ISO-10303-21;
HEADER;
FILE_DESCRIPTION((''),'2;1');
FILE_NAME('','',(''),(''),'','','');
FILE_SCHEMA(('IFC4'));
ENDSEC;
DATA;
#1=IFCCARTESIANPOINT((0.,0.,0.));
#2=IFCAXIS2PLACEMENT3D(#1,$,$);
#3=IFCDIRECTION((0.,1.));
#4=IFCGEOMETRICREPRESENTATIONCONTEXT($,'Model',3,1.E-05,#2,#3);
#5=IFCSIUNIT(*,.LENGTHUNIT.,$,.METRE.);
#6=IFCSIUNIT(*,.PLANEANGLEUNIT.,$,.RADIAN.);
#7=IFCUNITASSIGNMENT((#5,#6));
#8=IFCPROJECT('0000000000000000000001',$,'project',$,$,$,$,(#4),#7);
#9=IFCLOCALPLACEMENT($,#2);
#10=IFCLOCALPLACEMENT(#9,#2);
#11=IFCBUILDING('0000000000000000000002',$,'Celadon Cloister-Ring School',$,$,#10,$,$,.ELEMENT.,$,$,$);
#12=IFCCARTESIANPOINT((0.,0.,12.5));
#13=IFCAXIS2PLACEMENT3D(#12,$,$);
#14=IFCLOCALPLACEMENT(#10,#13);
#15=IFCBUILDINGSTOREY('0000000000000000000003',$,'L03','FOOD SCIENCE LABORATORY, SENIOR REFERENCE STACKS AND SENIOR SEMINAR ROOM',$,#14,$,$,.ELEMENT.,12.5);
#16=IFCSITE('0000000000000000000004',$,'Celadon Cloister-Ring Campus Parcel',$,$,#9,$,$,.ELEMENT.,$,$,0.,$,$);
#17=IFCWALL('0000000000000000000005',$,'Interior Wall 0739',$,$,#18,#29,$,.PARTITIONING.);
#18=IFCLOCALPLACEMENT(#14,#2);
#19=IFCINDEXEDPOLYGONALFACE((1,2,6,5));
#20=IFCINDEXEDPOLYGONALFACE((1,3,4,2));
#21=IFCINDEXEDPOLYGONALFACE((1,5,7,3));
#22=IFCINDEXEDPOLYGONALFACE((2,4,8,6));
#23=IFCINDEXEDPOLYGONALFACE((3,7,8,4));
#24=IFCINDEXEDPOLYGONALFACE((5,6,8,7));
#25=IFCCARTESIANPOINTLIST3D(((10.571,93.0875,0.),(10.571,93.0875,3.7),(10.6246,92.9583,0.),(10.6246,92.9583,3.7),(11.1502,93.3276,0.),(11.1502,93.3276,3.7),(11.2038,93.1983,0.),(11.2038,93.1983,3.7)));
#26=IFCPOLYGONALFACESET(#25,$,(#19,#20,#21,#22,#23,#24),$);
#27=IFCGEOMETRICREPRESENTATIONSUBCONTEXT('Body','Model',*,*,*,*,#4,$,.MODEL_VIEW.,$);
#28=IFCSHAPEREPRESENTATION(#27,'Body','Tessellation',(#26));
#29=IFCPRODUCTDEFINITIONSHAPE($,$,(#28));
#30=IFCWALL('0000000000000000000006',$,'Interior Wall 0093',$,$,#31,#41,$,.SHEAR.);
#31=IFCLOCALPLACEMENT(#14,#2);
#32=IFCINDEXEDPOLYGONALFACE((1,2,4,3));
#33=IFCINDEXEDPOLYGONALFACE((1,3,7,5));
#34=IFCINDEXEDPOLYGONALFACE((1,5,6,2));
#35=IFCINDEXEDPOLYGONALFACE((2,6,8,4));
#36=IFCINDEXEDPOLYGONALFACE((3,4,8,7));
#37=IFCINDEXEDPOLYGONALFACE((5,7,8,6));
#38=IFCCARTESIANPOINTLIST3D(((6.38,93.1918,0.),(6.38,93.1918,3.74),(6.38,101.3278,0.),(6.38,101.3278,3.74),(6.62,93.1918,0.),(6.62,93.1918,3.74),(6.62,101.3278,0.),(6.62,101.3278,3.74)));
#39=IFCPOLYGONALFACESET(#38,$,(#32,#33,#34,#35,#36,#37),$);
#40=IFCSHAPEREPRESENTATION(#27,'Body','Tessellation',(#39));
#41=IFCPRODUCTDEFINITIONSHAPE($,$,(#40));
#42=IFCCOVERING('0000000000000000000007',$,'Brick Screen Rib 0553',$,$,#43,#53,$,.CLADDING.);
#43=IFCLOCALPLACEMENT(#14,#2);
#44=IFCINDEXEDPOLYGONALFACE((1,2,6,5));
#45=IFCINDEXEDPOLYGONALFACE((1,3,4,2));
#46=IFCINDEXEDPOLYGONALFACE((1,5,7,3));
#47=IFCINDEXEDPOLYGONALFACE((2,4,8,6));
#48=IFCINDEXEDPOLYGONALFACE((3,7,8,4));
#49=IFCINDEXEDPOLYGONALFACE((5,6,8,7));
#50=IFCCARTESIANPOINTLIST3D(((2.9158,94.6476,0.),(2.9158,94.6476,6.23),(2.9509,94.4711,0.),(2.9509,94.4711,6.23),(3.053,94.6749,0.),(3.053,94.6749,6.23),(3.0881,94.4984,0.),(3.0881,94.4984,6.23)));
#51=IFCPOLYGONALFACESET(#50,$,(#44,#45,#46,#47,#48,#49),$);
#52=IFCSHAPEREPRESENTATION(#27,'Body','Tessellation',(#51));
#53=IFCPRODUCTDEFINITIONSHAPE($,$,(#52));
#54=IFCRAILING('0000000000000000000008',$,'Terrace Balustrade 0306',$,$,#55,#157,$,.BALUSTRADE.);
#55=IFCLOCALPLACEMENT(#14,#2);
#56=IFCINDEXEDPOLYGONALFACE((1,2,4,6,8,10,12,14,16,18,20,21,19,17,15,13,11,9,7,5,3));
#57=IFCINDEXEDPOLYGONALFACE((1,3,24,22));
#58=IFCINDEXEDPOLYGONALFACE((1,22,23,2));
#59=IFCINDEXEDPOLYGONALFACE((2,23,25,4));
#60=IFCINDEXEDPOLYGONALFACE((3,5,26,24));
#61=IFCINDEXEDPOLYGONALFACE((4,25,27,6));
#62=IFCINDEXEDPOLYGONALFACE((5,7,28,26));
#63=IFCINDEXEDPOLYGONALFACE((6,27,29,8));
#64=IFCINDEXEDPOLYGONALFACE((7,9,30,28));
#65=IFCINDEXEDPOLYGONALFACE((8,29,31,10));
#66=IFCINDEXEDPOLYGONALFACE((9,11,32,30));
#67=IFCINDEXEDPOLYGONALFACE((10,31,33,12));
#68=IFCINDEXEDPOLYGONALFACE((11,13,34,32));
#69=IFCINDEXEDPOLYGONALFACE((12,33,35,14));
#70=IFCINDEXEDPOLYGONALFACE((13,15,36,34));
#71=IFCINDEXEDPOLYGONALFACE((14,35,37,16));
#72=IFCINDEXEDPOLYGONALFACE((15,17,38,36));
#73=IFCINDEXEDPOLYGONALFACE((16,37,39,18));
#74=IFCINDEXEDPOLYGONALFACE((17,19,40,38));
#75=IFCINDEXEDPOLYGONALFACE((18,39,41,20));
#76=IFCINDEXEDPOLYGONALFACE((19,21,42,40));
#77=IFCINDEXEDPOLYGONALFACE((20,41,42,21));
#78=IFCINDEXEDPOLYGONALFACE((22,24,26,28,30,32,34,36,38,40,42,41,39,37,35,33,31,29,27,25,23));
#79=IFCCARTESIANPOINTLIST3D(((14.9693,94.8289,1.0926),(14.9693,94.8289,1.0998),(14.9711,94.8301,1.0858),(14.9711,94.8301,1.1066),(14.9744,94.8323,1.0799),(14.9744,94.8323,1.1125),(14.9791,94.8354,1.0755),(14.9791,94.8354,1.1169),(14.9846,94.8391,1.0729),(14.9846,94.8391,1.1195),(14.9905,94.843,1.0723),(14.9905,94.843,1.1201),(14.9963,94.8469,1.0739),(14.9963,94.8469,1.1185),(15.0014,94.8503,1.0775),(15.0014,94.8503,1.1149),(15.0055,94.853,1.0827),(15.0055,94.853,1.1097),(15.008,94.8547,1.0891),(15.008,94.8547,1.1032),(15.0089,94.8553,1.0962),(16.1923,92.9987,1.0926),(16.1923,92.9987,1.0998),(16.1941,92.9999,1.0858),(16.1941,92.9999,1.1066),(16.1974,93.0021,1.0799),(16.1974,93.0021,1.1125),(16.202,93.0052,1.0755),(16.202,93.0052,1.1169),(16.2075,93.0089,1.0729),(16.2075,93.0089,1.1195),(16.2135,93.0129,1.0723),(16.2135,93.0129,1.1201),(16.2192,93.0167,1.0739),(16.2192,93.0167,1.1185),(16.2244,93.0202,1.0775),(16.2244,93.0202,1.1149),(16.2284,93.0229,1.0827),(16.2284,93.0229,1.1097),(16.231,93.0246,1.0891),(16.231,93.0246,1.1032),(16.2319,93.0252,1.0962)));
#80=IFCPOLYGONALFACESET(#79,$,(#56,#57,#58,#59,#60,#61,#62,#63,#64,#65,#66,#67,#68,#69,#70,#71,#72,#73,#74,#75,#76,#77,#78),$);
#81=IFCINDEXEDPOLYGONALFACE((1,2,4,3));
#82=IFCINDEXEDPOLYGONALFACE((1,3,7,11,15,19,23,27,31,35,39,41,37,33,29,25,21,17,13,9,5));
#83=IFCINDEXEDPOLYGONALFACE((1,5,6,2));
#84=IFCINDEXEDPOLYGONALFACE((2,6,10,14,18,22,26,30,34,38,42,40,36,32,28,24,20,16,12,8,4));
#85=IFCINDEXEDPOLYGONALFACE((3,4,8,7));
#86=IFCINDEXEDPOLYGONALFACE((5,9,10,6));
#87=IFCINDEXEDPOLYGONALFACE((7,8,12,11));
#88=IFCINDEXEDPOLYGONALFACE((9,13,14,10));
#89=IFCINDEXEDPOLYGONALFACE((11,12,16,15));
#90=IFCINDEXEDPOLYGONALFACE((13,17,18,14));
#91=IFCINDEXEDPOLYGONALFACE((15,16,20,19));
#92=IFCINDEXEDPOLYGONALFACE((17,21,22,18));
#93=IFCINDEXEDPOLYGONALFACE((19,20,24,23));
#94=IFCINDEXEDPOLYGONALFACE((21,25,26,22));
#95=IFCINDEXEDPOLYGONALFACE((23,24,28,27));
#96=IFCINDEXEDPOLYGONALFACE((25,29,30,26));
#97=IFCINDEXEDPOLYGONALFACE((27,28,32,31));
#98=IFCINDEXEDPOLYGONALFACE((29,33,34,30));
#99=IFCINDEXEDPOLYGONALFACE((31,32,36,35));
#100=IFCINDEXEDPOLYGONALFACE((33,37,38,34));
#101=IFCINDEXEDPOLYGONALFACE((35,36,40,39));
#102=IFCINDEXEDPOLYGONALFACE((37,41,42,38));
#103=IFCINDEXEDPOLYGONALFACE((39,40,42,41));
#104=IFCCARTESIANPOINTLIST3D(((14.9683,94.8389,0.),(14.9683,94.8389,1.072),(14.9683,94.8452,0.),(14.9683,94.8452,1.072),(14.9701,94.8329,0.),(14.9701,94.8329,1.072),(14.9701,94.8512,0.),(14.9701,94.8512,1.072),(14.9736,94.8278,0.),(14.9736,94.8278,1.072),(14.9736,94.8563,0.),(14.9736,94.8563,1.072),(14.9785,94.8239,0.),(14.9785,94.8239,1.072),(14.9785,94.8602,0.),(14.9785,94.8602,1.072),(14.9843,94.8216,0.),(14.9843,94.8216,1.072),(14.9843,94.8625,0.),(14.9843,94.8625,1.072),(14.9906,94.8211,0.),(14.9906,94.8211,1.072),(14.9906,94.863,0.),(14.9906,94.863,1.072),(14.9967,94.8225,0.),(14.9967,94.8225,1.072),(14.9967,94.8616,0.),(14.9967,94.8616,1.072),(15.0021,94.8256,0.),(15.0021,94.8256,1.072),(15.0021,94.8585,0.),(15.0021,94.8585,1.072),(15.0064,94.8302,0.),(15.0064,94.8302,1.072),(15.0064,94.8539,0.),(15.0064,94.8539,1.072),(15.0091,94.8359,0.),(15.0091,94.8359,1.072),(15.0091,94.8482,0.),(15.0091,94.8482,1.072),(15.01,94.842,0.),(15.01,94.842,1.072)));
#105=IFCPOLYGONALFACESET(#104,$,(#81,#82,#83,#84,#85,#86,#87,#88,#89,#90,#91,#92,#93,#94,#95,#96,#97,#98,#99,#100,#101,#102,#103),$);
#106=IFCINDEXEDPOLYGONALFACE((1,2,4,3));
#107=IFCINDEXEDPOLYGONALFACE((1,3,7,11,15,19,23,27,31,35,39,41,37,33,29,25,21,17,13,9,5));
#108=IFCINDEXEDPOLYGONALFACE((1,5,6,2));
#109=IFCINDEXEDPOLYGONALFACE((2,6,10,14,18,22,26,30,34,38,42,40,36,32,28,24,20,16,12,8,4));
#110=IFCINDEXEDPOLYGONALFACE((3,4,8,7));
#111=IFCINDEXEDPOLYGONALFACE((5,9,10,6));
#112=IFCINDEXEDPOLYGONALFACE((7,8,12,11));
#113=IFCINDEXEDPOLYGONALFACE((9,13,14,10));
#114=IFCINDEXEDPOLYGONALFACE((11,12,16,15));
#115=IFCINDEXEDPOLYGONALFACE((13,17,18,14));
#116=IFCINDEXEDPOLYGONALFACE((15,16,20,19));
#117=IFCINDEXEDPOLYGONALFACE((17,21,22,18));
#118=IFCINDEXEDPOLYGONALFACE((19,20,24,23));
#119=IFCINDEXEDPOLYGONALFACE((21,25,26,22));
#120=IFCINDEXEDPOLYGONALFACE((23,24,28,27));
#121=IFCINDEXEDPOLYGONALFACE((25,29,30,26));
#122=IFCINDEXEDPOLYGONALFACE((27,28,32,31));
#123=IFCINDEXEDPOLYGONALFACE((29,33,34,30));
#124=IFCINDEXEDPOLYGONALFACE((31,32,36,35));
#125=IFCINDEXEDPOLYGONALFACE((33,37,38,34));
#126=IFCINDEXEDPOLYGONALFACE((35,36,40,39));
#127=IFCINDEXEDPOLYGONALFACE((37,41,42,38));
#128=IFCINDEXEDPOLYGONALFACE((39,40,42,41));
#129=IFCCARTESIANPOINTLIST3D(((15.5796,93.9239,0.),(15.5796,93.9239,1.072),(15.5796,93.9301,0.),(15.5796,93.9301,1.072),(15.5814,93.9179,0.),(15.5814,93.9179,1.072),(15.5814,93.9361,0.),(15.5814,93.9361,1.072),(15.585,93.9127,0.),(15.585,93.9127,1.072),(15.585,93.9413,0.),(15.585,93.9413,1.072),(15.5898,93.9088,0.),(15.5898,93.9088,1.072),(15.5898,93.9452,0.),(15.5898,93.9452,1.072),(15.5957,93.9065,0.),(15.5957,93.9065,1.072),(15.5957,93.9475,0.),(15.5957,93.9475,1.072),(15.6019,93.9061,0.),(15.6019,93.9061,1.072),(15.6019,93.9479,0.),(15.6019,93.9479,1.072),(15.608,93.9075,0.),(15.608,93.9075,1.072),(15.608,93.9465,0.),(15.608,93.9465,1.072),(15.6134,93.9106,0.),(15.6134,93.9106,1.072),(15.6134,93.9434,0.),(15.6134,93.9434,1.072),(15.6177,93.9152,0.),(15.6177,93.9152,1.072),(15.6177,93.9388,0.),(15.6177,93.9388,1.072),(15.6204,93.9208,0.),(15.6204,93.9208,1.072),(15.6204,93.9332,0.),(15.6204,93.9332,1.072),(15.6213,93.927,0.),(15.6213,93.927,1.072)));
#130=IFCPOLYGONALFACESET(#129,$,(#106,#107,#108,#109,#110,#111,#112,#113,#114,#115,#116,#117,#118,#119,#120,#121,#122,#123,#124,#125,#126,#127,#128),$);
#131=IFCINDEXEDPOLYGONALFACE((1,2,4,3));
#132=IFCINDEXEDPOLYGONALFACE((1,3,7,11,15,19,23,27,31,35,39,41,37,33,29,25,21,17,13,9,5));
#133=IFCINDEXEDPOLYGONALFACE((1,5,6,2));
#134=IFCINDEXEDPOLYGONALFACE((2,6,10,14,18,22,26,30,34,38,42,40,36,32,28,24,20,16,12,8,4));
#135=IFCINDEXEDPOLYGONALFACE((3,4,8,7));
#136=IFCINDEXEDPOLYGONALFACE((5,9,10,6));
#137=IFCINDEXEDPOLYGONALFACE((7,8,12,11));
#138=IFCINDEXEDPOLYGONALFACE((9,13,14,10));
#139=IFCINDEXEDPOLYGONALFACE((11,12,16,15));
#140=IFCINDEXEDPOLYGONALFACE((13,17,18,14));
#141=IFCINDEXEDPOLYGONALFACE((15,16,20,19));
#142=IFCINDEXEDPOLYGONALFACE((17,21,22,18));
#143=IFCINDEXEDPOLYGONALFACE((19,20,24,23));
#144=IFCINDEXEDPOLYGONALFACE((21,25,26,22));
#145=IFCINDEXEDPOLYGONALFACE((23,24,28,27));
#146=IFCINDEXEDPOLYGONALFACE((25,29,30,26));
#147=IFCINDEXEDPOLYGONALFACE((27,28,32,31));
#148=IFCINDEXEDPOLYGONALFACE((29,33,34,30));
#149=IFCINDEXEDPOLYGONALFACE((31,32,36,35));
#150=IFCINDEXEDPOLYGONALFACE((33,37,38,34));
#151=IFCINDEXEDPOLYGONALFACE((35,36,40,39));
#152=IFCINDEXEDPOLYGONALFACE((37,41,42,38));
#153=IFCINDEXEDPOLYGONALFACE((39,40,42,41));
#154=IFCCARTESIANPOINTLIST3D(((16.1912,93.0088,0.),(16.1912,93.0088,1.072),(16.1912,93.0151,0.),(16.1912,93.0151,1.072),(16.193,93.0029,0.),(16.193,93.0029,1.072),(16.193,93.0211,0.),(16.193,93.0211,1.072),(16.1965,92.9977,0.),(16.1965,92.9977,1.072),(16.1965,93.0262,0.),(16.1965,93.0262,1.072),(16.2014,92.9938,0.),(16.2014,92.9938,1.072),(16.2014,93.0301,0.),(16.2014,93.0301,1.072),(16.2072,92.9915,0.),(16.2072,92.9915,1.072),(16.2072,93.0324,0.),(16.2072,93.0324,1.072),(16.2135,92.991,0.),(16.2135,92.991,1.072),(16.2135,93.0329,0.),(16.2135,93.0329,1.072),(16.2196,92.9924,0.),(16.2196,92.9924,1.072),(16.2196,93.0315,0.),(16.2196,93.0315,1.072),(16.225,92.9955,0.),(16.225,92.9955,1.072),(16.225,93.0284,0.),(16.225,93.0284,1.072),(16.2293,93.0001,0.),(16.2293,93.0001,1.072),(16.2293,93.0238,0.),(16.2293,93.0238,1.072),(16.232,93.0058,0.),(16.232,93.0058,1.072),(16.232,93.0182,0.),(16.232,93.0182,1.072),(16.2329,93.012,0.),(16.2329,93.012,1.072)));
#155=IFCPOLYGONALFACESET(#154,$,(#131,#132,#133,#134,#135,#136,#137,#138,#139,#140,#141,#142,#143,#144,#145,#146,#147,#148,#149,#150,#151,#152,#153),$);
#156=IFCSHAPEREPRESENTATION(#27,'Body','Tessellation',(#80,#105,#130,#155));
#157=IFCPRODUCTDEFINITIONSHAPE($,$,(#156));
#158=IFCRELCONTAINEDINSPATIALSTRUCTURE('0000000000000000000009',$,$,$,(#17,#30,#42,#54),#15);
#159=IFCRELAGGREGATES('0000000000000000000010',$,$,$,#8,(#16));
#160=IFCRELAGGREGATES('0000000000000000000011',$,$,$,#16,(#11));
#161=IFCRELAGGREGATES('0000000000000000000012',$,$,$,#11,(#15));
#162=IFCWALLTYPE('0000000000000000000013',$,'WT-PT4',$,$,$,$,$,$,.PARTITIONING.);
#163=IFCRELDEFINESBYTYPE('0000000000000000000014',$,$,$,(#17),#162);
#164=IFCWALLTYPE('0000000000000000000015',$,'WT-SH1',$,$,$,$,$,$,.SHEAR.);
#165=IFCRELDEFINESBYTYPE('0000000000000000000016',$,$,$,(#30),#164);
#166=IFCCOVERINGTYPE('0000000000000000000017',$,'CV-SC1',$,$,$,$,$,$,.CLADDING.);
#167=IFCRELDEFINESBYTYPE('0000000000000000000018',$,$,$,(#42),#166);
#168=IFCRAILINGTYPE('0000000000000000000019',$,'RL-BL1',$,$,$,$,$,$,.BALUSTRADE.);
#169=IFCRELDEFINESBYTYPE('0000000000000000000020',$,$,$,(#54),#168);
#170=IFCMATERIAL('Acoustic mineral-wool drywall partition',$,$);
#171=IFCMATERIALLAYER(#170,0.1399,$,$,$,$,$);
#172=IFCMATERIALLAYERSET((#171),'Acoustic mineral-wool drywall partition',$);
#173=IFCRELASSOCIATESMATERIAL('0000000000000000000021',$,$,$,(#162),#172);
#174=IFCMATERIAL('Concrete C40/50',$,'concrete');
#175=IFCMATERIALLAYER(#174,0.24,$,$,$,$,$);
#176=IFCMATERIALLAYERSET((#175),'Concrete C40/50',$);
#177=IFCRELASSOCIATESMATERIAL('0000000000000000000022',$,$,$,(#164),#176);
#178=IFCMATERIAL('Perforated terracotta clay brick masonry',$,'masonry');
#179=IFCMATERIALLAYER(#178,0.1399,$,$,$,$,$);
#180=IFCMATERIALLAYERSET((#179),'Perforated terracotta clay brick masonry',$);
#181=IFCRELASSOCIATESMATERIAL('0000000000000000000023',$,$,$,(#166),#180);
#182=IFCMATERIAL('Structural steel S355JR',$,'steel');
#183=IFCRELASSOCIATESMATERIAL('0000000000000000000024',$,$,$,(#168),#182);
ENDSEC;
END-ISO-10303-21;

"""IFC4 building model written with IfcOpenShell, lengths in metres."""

from ifc_helpers import new_model, si_unit, direction, frame, frame_2d, origin, origin_2d, place, context, subcontext, project, spatial, rectangle, circle, extrude, material, layer, layer_set, type_object, element, save


model = new_model("IFC4")

# Units and contexts
model_context = context("Model", 3, precision=1e-05, world=origin(), true_north=direction((0.0, 1.0)))
body_context = subcontext(model_context, "Body", "Model", "MODEL_VIEW")
ifc_project = project(units=[si_unit("LENGTHUNIT", "METRE"), si_unit("PLANEANGLEUNIT", "RADIAN")], contexts=[model_context])

# Site, building, storey
site_placement = place(None, origin())
site = spatial("IfcSite", under=ifc_project, at=site_placement, Name="Celadon Cloister-Ring Campus Parcel", CompositionType="ELEMENT", RefElevation=0.0)
building_placement = place(site_placement, origin())
building = spatial("IfcBuilding", under=site, at=building_placement, Name="Celadon Cloister-Ring School", CompositionType="ELEMENT")
storey_placement = place(building_placement, frame((0.0, 0.0, 12.5)))
storey = spatial("IfcBuildingStorey", under=building, at=storey_placement, Name="L03", Description="FOOD SCIENCE LABORATORY, SENIOR REFERENCE STACKS AND SENIOR SEMINAR ROOM", CompositionType="ELEMENT", Elevation=12.5)

# Walls
ifc_material_1 = material(Name="Acoustic mineral-wool drywall partition")
ifc_layer_1 = layer(ifc_material_1, 0.1399)
ifc_layer_set_1 = layer_set([ifc_layer_1], Name="Acoustic mineral-wool drywall partition")
wall_type_1 = type_object("IfcWallType", Name="WT-PT4", PredefinedType="PARTITIONING", material=ifc_layer_set_1)
wall_1_placement = place(storey_placement, frame((11.177, 93.2629, 0.0), z_axis=(0.0, 0.0, 1.0), x_axis=(-0.923813, -0.382845, 0.0)))
element("IfcWall", 1, at=wall_1_placement, inside=storey, type_object=wall_type_1, Name="Interior Wall 0739", PredefinedType="PARTITIONING", context=body_context, shape_type="SweptSolid", body=[
    extrude(rectangle(XDim=0.627, YDim=0.1399, at=frame_2d((0.3135, 0.0))), origin(), (0.0, 0.0, 1.0), 3.7),
])
ifc_material_2 = material(Name="Concrete C40/50", Category="concrete")
ifc_layer_2 = layer(ifc_material_2, 0.24)
ifc_layer_set_2 = layer_set([ifc_layer_2], Name="Concrete C40/50")
wall_type_2 = type_object("IfcWallType", Name="WT-SH1", PredefinedType="SHEAR", material=ifc_layer_set_2)
wall_2_placement = place(storey_placement, frame((6.5, 93.1919, 0.0), z_axis=(0.0, 0.0, 1.0), x_axis=(0.0, 1.0, 0.0)))
element("IfcWall", 2, at=wall_2_placement, inside=storey, type_object=wall_type_2, Name="Interior Wall 0093", PredefinedType="SHEAR", context=body_context, shape_type="SweptSolid", body=[
    extrude(rectangle(XDim=8.136, YDim=0.24, at=frame_2d((4.0679, 0.0))), origin(), (0.0, 0.0, 1.0), 3.74),
])

# Covering
ifc_material_3 = material(Name="Perforated terracotta clay brick masonry", Category="masonry")
ifc_layer_3 = layer(ifc_material_3, 0.1399)
ifc_layer_set_3 = layer_set([ifc_layer_3], Name="Perforated terracotta clay brick masonry")
covering_type = type_object("IfcCoveringType", Name="CV-SC1", PredefinedType="CLADDING", material=ifc_layer_set_3)
covering_placement = place(storey_placement, frame((3.002, 94.573, 0.0), z_axis=(0.0, 0.0, 1.0), x_axis=(-0.195142, 0.980775, 0.0)))
element("IfcCovering", 3, at=covering_placement, inside=storey, type_object=covering_type, Name="Brick Screen Rib 0553", PredefinedType="CLADDING", context=body_context, shape_type="SweptSolid", body=[
    extrude(rectangle(XDim=0.1799, YDim=0.1399, at=origin_2d()), origin(), (0.0, 0.0, 1.0), 6.23),
])

# Railing
ifc_material_4 = material(Name="Structural steel S355JR", Category="steel")
railing_type_1 = type_object("IfcRailingType", Name="RL-BL1", PredefinedType="BALUSTRADE", material=ifc_material_4)
railing_1_placement = place(storey_placement, frame((14.989, 94.842, 0.0)))
element("IfcRailing", 4, at=railing_1_placement, inside=storey, type_object=railing_type_1, Name="Terrace Balustrade 0306", PredefinedType="BALUSTRADE", context=body_context, shape_type="SweptSolid", body=[
    extrude(circle(Radius=0.0239, at=origin_2d()), frame((0.0, 0.0, 1.0962), z_axis=(0.555596, -0.831453, 0.0), x_axis=(0.831453, 0.555596, 0.0)), (0.0, 0.0, 1.0), 2.2012),
    extrude(circle(Radius=0.021, at=origin_2d()), origin(), (0.0, 0.0, 1.0), 1.072),
    extrude(circle(Radius=0.021, at=origin_2d()), frame((0.6113, -0.915, 0.0)), (0.0, 0.0, 1.0), 1.072),
    extrude(circle(Radius=0.021, at=origin_2d()), frame((1.2229, -1.8301, 0.0)), (0.0, 0.0, 1.0), 1.072),
])

save(model, "model.ifc")
